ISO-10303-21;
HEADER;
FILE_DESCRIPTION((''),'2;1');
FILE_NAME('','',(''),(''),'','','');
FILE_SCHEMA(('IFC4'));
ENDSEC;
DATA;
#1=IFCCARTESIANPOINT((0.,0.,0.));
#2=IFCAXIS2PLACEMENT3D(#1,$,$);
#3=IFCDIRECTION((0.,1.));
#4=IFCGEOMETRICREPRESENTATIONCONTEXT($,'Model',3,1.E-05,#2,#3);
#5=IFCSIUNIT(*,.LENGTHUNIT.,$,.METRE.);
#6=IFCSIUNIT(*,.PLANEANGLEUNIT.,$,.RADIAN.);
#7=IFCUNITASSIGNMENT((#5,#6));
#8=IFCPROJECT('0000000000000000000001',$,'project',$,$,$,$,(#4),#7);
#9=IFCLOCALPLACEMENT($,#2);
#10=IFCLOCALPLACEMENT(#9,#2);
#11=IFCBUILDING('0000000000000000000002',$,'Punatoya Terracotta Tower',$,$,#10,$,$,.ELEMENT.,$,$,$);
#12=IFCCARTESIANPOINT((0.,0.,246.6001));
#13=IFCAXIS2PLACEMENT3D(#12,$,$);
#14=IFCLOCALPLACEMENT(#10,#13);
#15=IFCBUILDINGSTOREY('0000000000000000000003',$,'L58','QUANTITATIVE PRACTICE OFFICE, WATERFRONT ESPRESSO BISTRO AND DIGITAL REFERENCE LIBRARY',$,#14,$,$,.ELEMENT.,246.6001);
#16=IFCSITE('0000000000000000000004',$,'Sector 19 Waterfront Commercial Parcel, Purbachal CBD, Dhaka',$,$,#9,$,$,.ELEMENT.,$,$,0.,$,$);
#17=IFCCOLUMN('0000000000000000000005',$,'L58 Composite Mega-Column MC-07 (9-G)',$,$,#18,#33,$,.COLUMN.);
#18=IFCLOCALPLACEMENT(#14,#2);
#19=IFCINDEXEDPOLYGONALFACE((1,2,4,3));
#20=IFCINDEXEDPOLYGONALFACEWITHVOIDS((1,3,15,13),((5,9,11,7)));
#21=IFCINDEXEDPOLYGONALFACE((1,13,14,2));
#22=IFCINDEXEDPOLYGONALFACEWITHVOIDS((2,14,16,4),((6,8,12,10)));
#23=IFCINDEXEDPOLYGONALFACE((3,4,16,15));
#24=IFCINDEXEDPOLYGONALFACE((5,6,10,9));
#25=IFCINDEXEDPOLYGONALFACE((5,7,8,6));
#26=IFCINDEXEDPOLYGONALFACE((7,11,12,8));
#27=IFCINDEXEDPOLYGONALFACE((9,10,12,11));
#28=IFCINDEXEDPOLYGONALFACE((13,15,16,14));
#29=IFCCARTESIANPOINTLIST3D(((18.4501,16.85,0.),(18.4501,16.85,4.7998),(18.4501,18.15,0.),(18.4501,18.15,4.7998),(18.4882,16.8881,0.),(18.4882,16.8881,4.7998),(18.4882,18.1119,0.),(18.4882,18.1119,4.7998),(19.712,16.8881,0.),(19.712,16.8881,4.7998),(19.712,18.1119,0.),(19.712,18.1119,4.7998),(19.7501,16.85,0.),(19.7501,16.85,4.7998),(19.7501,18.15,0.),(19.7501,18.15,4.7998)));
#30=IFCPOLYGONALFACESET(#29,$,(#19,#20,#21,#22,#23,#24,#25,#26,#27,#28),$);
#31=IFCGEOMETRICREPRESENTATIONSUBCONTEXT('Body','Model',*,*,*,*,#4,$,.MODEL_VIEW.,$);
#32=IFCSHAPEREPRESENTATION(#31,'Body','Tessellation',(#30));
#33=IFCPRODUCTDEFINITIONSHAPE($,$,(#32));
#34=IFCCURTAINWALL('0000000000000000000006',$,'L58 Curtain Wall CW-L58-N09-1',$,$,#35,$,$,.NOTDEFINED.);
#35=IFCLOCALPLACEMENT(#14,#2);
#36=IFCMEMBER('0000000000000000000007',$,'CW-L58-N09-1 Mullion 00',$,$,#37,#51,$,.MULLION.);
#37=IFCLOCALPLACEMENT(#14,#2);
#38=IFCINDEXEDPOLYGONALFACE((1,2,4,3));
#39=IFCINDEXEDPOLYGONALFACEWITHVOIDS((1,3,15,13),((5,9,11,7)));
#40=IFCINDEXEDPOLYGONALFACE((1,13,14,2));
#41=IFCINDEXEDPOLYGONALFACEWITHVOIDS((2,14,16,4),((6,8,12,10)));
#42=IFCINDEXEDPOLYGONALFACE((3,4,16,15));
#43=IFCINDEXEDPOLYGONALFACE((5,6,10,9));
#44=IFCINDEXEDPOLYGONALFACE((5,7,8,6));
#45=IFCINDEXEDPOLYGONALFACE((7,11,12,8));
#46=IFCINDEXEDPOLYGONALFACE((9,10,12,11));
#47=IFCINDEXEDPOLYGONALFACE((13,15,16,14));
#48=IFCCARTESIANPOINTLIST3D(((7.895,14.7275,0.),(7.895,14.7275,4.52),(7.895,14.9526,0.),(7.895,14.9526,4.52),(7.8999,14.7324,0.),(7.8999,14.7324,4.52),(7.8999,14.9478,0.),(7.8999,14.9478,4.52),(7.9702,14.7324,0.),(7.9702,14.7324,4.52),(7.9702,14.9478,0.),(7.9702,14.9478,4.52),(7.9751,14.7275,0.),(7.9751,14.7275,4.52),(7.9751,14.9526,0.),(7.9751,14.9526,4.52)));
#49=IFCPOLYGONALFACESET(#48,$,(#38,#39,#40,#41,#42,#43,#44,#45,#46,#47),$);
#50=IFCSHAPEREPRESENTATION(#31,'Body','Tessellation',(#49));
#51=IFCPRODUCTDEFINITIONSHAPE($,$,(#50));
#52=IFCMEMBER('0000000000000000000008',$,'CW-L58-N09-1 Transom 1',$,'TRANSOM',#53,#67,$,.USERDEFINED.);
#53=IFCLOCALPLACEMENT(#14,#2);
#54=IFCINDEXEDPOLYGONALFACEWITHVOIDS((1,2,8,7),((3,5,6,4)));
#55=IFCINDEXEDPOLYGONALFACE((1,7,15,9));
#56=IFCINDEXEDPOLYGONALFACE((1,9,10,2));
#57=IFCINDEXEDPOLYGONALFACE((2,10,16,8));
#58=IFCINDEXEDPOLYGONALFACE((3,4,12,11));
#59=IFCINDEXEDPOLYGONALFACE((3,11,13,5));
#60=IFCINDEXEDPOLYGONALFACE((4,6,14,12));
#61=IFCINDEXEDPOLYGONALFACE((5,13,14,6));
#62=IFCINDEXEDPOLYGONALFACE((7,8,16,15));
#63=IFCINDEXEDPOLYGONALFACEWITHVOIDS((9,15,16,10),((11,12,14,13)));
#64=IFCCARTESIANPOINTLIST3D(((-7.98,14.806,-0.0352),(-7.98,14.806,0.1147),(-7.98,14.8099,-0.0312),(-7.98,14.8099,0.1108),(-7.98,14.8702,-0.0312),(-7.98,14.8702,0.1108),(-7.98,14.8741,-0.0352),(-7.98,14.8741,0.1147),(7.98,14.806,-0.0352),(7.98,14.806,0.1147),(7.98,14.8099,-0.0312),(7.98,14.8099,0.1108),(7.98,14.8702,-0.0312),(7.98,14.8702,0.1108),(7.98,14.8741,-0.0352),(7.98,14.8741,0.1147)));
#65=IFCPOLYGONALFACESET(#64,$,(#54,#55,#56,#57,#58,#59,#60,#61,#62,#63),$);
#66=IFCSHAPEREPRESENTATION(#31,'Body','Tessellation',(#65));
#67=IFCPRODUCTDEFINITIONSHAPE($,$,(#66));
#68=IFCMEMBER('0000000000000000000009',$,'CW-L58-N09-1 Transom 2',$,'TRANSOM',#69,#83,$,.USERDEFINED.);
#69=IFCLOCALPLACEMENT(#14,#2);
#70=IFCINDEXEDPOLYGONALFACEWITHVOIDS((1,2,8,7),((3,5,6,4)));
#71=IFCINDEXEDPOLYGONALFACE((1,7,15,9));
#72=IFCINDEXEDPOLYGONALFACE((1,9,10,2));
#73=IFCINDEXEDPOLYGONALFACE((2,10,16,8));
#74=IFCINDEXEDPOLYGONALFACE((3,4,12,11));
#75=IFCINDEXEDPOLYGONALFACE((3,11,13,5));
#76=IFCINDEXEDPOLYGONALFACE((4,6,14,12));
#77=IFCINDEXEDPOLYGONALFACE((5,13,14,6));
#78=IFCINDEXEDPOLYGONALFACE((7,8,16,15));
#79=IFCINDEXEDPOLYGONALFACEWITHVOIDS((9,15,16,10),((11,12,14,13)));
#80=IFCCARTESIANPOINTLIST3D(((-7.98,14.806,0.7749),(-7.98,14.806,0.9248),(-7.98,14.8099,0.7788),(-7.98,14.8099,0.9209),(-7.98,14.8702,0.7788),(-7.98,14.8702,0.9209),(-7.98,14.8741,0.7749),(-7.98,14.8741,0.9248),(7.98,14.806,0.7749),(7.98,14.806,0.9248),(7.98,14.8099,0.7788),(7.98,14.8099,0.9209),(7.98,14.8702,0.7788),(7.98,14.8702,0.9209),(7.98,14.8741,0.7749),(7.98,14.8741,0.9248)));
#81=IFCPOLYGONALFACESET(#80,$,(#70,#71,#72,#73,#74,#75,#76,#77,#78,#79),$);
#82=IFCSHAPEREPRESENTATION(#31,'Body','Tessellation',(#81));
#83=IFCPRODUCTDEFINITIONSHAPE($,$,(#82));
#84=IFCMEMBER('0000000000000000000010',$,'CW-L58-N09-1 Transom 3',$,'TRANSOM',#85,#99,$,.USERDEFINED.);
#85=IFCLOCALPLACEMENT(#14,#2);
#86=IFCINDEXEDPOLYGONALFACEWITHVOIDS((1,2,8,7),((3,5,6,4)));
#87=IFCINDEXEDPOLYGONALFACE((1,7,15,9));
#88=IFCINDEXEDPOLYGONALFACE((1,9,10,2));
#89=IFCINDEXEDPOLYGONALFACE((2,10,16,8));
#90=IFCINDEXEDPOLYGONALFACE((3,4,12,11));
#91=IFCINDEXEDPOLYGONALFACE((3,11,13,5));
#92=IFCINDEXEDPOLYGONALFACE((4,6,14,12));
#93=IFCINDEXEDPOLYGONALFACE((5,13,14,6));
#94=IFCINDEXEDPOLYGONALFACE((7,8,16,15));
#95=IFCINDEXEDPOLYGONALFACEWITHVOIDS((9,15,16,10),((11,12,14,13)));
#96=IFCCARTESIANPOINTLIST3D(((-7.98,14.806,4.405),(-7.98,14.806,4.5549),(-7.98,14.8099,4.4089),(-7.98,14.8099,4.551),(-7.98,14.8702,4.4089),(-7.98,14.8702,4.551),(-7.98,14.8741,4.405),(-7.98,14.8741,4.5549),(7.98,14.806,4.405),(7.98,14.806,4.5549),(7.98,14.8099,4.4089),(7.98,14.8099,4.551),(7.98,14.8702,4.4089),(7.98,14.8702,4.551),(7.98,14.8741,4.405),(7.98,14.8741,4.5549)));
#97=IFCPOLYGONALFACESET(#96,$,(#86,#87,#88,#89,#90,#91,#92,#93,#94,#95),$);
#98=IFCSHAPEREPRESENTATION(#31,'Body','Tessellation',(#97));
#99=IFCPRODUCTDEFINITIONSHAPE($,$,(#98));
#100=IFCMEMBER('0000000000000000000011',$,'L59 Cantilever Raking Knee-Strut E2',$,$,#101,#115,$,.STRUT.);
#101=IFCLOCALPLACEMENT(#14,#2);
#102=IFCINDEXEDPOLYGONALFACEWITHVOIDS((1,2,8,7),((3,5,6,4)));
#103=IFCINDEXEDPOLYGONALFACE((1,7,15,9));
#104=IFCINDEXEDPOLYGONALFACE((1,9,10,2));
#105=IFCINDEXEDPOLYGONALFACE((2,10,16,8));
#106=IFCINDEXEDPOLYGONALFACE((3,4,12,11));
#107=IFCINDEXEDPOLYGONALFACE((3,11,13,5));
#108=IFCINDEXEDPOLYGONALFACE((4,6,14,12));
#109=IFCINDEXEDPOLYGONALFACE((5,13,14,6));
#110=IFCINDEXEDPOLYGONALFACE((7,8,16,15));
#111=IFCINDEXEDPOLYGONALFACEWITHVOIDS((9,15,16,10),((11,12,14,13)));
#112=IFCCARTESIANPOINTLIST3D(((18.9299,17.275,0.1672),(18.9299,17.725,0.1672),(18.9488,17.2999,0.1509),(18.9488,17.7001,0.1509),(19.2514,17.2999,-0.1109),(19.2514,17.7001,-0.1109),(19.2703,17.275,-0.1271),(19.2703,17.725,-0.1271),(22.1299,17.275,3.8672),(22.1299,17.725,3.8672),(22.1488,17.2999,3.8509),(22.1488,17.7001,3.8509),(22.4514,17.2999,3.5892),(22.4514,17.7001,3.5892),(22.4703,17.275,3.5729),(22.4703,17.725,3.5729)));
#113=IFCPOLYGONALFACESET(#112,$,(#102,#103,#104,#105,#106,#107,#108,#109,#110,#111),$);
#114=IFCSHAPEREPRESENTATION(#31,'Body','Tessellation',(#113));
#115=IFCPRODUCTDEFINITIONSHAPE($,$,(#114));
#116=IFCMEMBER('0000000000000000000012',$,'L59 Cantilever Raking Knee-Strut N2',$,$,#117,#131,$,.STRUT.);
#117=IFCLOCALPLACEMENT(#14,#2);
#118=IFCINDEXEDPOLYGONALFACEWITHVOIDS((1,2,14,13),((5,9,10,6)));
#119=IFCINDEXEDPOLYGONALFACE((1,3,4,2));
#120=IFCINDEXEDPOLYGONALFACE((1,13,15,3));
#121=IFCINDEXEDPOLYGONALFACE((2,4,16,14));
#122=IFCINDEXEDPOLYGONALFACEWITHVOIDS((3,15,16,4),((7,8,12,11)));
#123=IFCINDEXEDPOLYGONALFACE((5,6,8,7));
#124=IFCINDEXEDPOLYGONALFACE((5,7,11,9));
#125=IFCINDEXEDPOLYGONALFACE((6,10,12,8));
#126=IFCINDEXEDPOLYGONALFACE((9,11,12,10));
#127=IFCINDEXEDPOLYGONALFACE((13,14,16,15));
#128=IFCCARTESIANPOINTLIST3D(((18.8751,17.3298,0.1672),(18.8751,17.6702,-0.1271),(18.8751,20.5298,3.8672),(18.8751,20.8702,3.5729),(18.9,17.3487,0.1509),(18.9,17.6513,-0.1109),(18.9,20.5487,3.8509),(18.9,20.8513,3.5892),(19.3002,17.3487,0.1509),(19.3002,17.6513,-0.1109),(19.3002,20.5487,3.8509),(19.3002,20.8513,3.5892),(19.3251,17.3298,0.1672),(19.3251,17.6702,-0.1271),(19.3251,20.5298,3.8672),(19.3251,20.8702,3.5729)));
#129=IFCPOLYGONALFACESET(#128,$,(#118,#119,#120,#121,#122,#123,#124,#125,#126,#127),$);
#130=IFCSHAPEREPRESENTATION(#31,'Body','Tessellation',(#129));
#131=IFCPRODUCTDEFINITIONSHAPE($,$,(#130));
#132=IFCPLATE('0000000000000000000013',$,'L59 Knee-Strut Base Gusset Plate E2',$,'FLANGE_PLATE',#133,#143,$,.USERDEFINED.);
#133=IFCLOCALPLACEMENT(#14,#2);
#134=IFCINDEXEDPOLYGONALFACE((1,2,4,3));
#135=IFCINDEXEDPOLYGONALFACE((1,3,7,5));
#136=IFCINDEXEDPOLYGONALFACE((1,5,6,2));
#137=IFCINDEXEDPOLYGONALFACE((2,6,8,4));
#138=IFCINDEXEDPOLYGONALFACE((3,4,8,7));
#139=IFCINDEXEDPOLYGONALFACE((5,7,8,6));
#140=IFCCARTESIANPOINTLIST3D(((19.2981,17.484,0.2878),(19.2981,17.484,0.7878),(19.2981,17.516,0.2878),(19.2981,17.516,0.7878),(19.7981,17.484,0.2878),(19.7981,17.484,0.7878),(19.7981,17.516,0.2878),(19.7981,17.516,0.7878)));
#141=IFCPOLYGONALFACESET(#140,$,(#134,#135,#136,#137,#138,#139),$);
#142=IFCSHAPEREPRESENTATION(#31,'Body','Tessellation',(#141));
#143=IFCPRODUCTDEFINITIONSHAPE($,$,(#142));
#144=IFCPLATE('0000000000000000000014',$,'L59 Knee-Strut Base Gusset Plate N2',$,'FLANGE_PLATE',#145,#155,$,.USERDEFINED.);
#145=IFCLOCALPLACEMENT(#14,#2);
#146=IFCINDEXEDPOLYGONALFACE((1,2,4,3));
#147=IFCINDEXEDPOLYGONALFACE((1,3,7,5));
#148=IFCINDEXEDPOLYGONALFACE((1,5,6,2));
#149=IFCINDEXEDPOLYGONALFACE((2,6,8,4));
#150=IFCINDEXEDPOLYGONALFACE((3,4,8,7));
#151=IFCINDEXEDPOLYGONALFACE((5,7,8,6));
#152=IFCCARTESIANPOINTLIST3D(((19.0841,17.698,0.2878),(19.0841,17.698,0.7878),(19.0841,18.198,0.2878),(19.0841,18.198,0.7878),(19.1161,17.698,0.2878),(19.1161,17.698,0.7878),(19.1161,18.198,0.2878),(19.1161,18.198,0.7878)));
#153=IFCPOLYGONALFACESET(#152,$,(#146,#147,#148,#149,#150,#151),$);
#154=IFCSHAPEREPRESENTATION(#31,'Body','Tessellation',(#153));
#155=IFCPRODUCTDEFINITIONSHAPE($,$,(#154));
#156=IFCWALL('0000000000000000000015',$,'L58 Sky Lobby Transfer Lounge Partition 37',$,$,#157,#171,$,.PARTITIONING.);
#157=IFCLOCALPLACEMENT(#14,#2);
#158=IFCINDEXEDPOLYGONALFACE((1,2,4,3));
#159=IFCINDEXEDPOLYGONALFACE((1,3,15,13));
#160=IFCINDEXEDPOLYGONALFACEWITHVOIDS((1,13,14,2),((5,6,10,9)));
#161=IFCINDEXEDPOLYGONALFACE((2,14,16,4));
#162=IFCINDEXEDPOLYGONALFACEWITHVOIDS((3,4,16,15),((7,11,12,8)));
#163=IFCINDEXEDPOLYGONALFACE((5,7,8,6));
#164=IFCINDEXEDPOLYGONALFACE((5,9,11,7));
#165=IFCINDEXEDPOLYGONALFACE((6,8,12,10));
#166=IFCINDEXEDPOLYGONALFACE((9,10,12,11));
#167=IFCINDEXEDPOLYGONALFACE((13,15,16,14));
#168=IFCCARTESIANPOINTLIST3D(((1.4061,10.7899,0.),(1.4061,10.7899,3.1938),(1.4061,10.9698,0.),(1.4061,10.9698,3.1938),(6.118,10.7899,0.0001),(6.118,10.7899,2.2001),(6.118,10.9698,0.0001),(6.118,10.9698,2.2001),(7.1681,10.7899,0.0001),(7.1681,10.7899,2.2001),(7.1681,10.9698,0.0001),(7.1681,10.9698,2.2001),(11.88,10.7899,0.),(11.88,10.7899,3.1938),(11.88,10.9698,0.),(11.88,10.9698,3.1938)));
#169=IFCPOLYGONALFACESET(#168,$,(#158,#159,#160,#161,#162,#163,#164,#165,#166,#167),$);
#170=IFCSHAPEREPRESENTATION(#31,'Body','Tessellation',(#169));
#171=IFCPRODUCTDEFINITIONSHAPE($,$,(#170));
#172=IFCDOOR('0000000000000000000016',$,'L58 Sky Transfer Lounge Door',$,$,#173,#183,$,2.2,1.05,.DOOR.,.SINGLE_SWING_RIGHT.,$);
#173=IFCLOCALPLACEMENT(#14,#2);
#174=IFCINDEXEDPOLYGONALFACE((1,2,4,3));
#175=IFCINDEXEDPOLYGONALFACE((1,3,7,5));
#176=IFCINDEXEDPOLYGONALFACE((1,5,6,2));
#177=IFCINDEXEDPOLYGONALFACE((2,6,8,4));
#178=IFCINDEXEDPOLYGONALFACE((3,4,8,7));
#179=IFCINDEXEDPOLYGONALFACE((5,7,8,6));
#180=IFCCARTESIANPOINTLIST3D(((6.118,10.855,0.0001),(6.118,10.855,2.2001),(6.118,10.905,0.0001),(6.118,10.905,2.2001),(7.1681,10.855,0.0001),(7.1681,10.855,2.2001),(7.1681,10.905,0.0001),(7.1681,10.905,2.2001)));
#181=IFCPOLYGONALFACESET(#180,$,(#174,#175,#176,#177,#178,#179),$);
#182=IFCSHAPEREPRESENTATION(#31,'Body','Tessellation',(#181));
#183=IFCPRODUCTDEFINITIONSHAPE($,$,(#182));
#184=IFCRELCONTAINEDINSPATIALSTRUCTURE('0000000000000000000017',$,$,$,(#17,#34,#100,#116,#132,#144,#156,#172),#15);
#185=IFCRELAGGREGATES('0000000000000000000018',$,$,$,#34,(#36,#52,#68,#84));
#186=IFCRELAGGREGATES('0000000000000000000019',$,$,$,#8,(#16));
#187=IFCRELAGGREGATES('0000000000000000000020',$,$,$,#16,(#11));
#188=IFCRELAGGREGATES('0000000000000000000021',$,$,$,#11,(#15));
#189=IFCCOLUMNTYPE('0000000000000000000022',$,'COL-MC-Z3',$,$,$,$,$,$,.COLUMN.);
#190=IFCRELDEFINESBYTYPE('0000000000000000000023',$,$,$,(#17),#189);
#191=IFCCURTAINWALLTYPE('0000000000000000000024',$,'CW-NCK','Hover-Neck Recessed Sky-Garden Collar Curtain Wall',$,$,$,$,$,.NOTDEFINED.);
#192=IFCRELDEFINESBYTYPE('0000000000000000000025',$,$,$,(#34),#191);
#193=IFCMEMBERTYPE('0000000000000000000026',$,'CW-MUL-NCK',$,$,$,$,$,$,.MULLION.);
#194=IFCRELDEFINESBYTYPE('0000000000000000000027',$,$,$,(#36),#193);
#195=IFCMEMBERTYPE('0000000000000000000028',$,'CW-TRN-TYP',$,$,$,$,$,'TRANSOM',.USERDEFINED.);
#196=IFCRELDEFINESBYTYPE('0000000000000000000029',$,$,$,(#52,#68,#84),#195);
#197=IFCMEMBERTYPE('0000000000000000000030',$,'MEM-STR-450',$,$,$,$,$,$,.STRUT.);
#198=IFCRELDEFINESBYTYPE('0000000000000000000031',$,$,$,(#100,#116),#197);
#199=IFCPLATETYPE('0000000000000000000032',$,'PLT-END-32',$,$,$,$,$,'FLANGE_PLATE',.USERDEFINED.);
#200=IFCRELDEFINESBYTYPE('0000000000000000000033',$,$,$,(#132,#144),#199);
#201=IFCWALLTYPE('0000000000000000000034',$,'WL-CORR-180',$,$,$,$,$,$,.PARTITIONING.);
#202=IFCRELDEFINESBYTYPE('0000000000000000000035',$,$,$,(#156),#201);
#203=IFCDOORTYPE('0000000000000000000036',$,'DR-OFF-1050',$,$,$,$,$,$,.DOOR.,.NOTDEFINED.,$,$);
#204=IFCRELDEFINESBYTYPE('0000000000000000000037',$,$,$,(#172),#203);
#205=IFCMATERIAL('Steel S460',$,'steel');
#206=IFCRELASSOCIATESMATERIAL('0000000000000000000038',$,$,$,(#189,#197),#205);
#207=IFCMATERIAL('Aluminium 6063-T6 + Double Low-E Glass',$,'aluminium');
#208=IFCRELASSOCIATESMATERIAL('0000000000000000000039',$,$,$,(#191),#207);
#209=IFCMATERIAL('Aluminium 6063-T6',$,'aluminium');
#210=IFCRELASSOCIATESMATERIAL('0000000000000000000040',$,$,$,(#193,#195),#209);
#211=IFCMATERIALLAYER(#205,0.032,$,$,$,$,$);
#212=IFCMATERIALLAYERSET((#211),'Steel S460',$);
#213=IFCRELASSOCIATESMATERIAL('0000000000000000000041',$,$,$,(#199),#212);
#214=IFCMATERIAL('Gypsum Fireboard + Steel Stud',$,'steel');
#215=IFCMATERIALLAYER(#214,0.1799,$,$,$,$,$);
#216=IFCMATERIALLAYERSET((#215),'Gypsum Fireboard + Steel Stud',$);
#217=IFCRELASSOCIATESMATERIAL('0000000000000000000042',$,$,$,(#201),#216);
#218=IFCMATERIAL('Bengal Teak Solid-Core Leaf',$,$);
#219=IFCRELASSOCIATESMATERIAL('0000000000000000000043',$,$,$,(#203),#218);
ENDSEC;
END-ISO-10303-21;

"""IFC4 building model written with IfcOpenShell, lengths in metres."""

from ifc_helpers import new_model, si_unit, direction, frame, frame_2d, origin, origin_2d, place, context, subcontext, project, spatial, rectangle, hollow_rectangle, extrude, material, layer, layer_set, material_profile, profile_set, type_object, element, fill, aggregate, save


model = new_model("IFC4")

# Units and contexts
model_context = context("Model", 3, precision=1e-05, world=origin(), true_north=direction((0.0, 1.0)))
body_context = subcontext(model_context, "Body", "Model", "MODEL_VIEW")
ifc_project = project(units=[si_unit("LENGTHUNIT", "METRE"), si_unit("PLANEANGLEUNIT", "RADIAN")], contexts=[model_context])

# Site, building, storey
site_placement = place(None, origin())
site = spatial("IfcSite", under=ifc_project, at=site_placement, Name="Sector 19 Waterfront Commercial Parcel, Purbachal CBD, Dhaka", CompositionType="ELEMENT", RefElevation=0.0)
building_placement = place(site_placement, origin())
building = spatial("IfcBuilding", under=site, at=building_placement, Name="Punatoya Terracotta Tower", CompositionType="ELEMENT")
storey_placement = place(building_placement, frame((0.0, 0.0, 246.6001)))
storey = spatial("IfcBuildingStorey", under=building, at=storey_placement, Name="L58", Description="QUANTITATIVE PRACTICE OFFICE, WATERFRONT ESPRESSO BISTRO AND DIGITAL REFERENCE LIBRARY", CompositionType="ELEMENT", Elevation=246.6001)

# Column
ifc_material_1 = material(Name="Steel S460", Category="steel")
ifc_material_profile_1 = material_profile(ifc_material_1, hollow_rectangle(XDim=1.3, YDim=1.3, WallThickness=0.0381, at=origin_2d()))
ifc_profile_set_1 = profile_set([ifc_material_profile_1], Name="Steel S460")
column_type = type_object("IfcColumnType", Name="COL-MC-Z3", PredefinedType="COLUMN", material=ifc_profile_set_1)
column_placement = place(storey_placement, frame((19.1001, 17.5, 0.0), z_axis=(0.0, 0.0, 1.0), x_axis=(1.0, 0.0, 0.0)))
element("IfcColumn", 1, at=column_placement, inside=storey, type_object=column_type, Name="L58 Composite Mega-Column MC-07 (9-G)", PredefinedType="COLUMN", context=body_context, shape_type="SweptSolid", body=[
    extrude(hollow_rectangle(XDim=1.3, YDim=1.3, WallThickness=0.0381, at=origin_2d()), origin(), (0.0, 0.0, 1.0), 4.7998),
])

# Curtain wall, members
ifc_material_2 = material(Name="Aluminium 6063-T6 + Double Low-E Glass", Category="aluminium")
curtain_wall_type = type_object("IfcCurtainWallType", Name="CW-NCK", Description="Hover-Neck Recessed Sky-Garden Collar Curtain Wall", PredefinedType="NOTDEFINED", material=ifc_material_2)
curtain_wall_placement = place(storey_placement, origin())
curtain_wall = element("IfcCurtainWall", 2, at=curtain_wall_placement, inside=storey, type_object=curtain_wall_type, Name="L58 Curtain Wall CW-L58-N09-1", PredefinedType="NOTDEFINED")
ifc_material_3 = material(Name="Aluminium 6063-T6", Category="aluminium")
ifc_material_profile_2 = material_profile(ifc_material_3, hollow_rectangle(XDim=0.0801, YDim=0.2251, WallThickness=0.0049, at=origin_2d()))
ifc_profile_set_2 = profile_set([ifc_material_profile_2], Name="Aluminium 6063-T6")
member_type_1 = type_object("IfcMemberType", Name="CW-MUL-NCK", PredefinedType="MULLION", material=ifc_profile_set_2)
member_1_placement = place(storey_placement, frame((7.9351, 14.8401, 0.0), z_axis=(0.0, 0.0, 1.0), x_axis=(1.0, 0.0, 0.0)))
member_1 = element("IfcMember", 3, at=member_1_placement, type_object=member_type_1, Name="CW-L58-N09-1 Mullion 00", PredefinedType="MULLION", context=body_context, shape_type="SweptSolid", body=[
    extrude(hollow_rectangle(XDim=0.0801, YDim=0.2251, WallThickness=0.0049, at=origin_2d()), origin(), (0.0, 0.0, 1.0), 4.52),
])
ifc_material_profile_3 = material_profile(ifc_material_3, hollow_rectangle(XDim=0.0681, YDim=0.1499, WallThickness=0.0039, at=origin_2d()))
ifc_profile_set_3 = profile_set([ifc_material_profile_3], Name="Aluminium 6063-T6")
member_type_2 = type_object("IfcMemberType", Name="CW-TRN-TYP", ElementType="TRANSOM", PredefinedType="USERDEFINED", material=ifc_profile_set_3)
member_2_placement = place(storey_placement, frame((7.98, 14.8401, 0.0398), z_axis=(-1.0, 0.0, 0.0), x_axis=(0.0, -1.0, 0.0)))
member_2 = element("IfcMember", 4, at=member_2_placement, type_object=member_type_2, Name="CW-L58-N09-1 Transom 1", ObjectType="TRANSOM", PredefinedType="USERDEFINED", context=body_context, shape_type="SweptSolid", body=[
    extrude(hollow_rectangle(XDim=0.0681, YDim=0.1499, WallThickness=0.0039, at=origin_2d()), origin(), (0.0, 0.0, 1.0), 15.96),
])
member_3_placement = place(storey_placement, frame((7.98, 14.8401, 0.8499), z_axis=(-1.0, 0.0, 0.0), x_axis=(0.0, -1.0, 0.0)))
member_3 = element("IfcMember", 5, at=member_3_placement, type_object=member_type_2, Name="CW-L58-N09-1 Transom 2", ObjectType="TRANSOM", PredefinedType="USERDEFINED", context=body_context, shape_type="SweptSolid", body=[
    extrude(hollow_rectangle(XDim=0.0681, YDim=0.1499, WallThickness=0.0039, at=origin_2d()), origin(), (0.0, 0.0, 1.0), 15.96),
])
member_4_placement = place(storey_placement, frame((7.98, 14.8401, 4.48), z_axis=(-1.0, 0.0, 0.0), x_axis=(0.0, -1.0, 0.0)))
member_4 = element("IfcMember", 6, at=member_4_placement, type_object=member_type_2, Name="CW-L58-N09-1 Transom 3", ObjectType="TRANSOM", PredefinedType="USERDEFINED", context=body_context, shape_type="SweptSolid", body=[
    extrude(hollow_rectangle(XDim=0.0681, YDim=0.1499, WallThickness=0.0039, at=origin_2d()), origin(), (0.0, 0.0, 1.0), 15.96),
])
aggregate(curtain_wall, [member_1, member_2, member_3, member_4])

# Members
ifc_material_profile_4 = material_profile(ifc_material_1, hollow_rectangle(XDim=0.45, YDim=0.45, WallThickness=0.0249, at=origin_2d()))
ifc_profile_set_4 = profile_set([ifc_material_profile_4], Name="Steel S460")
member_type_3 = type_object("IfcMemberType", Name="MEM-STR-450", PredefinedType="STRUT", material=ifc_profile_set_4)
for number, where, z_axis, x_axis, name in (
    (7, (19.1001, 17.5, 0.02), (0.654151, 0.0, 0.756364), (0.0, 1.0, 0.0), "L59 Cantilever Raking Knee-Strut E2"),
    (8, (19.1001, 17.5, 0.02), (0.0, 0.654151, 0.756364), (-1.0, 0.0, 0.0), "L59 Cantilever Raking Knee-Strut N2"),
):
    element("IfcMember", number, at=place(storey_placement, frame(where, z_axis=z_axis, x_axis=x_axis)), inside=storey, type_object=member_type_3, Name=name, PredefinedType="STRUT", context=body_context, shape_type="SweptSolid", body=[
        extrude(hollow_rectangle(XDim=0.45, YDim=0.45, WallThickness=0.0249, at=origin_2d()), origin(), (0.0, 0.0, 1.0), 4.8918),
    ])

# Plates
ifc_layer_1 = layer(ifc_material_1, 0.032)
ifc_layer_set_1 = layer_set([ifc_layer_1], Name="Steel S460")
plate_type = type_object("IfcPlateType", Name="PLT-END-32", ElementType="FLANGE_PLATE", PredefinedType="USERDEFINED", material=ifc_layer_set_1)
for number, where, z_axis, x_axis, name in (
    (9, (19.5481, 17.5, 0.2878), (0.0, 0.0, 1.0), (1.0, 0.0, 0.0), "L59 Knee-Strut Base Gusset Plate E2"),
    (10, (19.1001, 17.948, 0.2878), (0.0, 0.0, 1.0), (0.0, 1.0, 0.0), "L59 Knee-Strut Base Gusset Plate N2"),
):
    element("IfcPlate", number, at=place(storey_placement, frame(where, z_axis=z_axis, x_axis=x_axis)), inside=storey, type_object=plate_type, Name=name, ObjectType="FLANGE_PLATE", PredefinedType="USERDEFINED", context=body_context, shape_type="SweptSolid", body=[
        extrude(rectangle(XDim=0.5, YDim=0.032, at=origin_2d()), origin(), (0.0, 0.0, 1.0), 0.5),
    ])

# Wall, opening, door
ifc_material_4 = material(Name="Gypsum Fireboard + Steel Stud", Category="steel")
ifc_layer_2 = layer(ifc_material_4, 0.1799)
ifc_layer_set_2 = layer_set([ifc_layer_2], Name="Gypsum Fireboard + Steel Stud")
wall_type_1 = type_object("IfcWallType", Name="WL-CORR-180", PredefinedType="PARTITIONING", material=ifc_layer_set_2)
wall_1_placement = place(storey_placement, frame((11.8799, 10.8799, 0.0), z_axis=(0.0, 0.0, 1.0), x_axis=(-1.0, 0.0, 0.0)))
wall_1 = element("IfcWall", 11, at=wall_1_placement, inside=storey, type_object=wall_type_1, Name="L58 Sky Lobby Transfer Lounge Partition 37", PredefinedType="PARTITIONING", context=body_context, shape_type="SweptSolid", body=[
    extrude(rectangle(XDim=10.4739, YDim=0.1799, at=frame_2d((5.2368, 0.0))), origin(), (0.0, 0.0, 1.0), 3.1938),
])
opening_placement = place(wall_1_placement, frame((4.7119, 0.0, 0.0)))
opening = element("IfcOpeningElement", 12, at=opening_placement, cuts=wall_1, PredefinedType="OPENING", context=body_context, shape_type="SweptSolid", body=[
    extrude(rectangle(XDim=1.05, YDim=2.2, at=frame_2d((0.5249, 1.1001))), frame((0.0, 0.0999, 0.0), z_axis=(0.0, -1.0, 0.0), x_axis=(1.0, 0.0, 0.0)), (0.0, 0.0, 1.0), 0.2),
])
ifc_material_5 = material(Name="Bengal Teak Solid-Core Leaf")
door_type = type_object("IfcDoorType", Name="DR-OFF-1050", OperationType="NOTDEFINED", PredefinedType="DOOR", material=ifc_material_5)
door_placement = place(opening_placement, origin())
door = element("IfcDoor", 13, at=door_placement, inside=storey, type_object=door_type, Name="L58 Sky Transfer Lounge Door", OperationType="SINGLE_SWING_RIGHT", OverallHeight=2.2, OverallWidth=1.05, PredefinedType="DOOR", context=body_context, shape_type="SweptSolid", body=[
    extrude(rectangle(XDim=1.05, YDim=2.2, at=frame_2d((0.5249, 1.1001))), frame((0.0, 0.0249, 0.0), z_axis=(0.0, -1.0, 0.0), x_axis=(1.0, 0.0, 0.0)), (0.0, 0.0, 1.0), 0.05),
])
fill(opening, door)

save(model, "model.ifc")
